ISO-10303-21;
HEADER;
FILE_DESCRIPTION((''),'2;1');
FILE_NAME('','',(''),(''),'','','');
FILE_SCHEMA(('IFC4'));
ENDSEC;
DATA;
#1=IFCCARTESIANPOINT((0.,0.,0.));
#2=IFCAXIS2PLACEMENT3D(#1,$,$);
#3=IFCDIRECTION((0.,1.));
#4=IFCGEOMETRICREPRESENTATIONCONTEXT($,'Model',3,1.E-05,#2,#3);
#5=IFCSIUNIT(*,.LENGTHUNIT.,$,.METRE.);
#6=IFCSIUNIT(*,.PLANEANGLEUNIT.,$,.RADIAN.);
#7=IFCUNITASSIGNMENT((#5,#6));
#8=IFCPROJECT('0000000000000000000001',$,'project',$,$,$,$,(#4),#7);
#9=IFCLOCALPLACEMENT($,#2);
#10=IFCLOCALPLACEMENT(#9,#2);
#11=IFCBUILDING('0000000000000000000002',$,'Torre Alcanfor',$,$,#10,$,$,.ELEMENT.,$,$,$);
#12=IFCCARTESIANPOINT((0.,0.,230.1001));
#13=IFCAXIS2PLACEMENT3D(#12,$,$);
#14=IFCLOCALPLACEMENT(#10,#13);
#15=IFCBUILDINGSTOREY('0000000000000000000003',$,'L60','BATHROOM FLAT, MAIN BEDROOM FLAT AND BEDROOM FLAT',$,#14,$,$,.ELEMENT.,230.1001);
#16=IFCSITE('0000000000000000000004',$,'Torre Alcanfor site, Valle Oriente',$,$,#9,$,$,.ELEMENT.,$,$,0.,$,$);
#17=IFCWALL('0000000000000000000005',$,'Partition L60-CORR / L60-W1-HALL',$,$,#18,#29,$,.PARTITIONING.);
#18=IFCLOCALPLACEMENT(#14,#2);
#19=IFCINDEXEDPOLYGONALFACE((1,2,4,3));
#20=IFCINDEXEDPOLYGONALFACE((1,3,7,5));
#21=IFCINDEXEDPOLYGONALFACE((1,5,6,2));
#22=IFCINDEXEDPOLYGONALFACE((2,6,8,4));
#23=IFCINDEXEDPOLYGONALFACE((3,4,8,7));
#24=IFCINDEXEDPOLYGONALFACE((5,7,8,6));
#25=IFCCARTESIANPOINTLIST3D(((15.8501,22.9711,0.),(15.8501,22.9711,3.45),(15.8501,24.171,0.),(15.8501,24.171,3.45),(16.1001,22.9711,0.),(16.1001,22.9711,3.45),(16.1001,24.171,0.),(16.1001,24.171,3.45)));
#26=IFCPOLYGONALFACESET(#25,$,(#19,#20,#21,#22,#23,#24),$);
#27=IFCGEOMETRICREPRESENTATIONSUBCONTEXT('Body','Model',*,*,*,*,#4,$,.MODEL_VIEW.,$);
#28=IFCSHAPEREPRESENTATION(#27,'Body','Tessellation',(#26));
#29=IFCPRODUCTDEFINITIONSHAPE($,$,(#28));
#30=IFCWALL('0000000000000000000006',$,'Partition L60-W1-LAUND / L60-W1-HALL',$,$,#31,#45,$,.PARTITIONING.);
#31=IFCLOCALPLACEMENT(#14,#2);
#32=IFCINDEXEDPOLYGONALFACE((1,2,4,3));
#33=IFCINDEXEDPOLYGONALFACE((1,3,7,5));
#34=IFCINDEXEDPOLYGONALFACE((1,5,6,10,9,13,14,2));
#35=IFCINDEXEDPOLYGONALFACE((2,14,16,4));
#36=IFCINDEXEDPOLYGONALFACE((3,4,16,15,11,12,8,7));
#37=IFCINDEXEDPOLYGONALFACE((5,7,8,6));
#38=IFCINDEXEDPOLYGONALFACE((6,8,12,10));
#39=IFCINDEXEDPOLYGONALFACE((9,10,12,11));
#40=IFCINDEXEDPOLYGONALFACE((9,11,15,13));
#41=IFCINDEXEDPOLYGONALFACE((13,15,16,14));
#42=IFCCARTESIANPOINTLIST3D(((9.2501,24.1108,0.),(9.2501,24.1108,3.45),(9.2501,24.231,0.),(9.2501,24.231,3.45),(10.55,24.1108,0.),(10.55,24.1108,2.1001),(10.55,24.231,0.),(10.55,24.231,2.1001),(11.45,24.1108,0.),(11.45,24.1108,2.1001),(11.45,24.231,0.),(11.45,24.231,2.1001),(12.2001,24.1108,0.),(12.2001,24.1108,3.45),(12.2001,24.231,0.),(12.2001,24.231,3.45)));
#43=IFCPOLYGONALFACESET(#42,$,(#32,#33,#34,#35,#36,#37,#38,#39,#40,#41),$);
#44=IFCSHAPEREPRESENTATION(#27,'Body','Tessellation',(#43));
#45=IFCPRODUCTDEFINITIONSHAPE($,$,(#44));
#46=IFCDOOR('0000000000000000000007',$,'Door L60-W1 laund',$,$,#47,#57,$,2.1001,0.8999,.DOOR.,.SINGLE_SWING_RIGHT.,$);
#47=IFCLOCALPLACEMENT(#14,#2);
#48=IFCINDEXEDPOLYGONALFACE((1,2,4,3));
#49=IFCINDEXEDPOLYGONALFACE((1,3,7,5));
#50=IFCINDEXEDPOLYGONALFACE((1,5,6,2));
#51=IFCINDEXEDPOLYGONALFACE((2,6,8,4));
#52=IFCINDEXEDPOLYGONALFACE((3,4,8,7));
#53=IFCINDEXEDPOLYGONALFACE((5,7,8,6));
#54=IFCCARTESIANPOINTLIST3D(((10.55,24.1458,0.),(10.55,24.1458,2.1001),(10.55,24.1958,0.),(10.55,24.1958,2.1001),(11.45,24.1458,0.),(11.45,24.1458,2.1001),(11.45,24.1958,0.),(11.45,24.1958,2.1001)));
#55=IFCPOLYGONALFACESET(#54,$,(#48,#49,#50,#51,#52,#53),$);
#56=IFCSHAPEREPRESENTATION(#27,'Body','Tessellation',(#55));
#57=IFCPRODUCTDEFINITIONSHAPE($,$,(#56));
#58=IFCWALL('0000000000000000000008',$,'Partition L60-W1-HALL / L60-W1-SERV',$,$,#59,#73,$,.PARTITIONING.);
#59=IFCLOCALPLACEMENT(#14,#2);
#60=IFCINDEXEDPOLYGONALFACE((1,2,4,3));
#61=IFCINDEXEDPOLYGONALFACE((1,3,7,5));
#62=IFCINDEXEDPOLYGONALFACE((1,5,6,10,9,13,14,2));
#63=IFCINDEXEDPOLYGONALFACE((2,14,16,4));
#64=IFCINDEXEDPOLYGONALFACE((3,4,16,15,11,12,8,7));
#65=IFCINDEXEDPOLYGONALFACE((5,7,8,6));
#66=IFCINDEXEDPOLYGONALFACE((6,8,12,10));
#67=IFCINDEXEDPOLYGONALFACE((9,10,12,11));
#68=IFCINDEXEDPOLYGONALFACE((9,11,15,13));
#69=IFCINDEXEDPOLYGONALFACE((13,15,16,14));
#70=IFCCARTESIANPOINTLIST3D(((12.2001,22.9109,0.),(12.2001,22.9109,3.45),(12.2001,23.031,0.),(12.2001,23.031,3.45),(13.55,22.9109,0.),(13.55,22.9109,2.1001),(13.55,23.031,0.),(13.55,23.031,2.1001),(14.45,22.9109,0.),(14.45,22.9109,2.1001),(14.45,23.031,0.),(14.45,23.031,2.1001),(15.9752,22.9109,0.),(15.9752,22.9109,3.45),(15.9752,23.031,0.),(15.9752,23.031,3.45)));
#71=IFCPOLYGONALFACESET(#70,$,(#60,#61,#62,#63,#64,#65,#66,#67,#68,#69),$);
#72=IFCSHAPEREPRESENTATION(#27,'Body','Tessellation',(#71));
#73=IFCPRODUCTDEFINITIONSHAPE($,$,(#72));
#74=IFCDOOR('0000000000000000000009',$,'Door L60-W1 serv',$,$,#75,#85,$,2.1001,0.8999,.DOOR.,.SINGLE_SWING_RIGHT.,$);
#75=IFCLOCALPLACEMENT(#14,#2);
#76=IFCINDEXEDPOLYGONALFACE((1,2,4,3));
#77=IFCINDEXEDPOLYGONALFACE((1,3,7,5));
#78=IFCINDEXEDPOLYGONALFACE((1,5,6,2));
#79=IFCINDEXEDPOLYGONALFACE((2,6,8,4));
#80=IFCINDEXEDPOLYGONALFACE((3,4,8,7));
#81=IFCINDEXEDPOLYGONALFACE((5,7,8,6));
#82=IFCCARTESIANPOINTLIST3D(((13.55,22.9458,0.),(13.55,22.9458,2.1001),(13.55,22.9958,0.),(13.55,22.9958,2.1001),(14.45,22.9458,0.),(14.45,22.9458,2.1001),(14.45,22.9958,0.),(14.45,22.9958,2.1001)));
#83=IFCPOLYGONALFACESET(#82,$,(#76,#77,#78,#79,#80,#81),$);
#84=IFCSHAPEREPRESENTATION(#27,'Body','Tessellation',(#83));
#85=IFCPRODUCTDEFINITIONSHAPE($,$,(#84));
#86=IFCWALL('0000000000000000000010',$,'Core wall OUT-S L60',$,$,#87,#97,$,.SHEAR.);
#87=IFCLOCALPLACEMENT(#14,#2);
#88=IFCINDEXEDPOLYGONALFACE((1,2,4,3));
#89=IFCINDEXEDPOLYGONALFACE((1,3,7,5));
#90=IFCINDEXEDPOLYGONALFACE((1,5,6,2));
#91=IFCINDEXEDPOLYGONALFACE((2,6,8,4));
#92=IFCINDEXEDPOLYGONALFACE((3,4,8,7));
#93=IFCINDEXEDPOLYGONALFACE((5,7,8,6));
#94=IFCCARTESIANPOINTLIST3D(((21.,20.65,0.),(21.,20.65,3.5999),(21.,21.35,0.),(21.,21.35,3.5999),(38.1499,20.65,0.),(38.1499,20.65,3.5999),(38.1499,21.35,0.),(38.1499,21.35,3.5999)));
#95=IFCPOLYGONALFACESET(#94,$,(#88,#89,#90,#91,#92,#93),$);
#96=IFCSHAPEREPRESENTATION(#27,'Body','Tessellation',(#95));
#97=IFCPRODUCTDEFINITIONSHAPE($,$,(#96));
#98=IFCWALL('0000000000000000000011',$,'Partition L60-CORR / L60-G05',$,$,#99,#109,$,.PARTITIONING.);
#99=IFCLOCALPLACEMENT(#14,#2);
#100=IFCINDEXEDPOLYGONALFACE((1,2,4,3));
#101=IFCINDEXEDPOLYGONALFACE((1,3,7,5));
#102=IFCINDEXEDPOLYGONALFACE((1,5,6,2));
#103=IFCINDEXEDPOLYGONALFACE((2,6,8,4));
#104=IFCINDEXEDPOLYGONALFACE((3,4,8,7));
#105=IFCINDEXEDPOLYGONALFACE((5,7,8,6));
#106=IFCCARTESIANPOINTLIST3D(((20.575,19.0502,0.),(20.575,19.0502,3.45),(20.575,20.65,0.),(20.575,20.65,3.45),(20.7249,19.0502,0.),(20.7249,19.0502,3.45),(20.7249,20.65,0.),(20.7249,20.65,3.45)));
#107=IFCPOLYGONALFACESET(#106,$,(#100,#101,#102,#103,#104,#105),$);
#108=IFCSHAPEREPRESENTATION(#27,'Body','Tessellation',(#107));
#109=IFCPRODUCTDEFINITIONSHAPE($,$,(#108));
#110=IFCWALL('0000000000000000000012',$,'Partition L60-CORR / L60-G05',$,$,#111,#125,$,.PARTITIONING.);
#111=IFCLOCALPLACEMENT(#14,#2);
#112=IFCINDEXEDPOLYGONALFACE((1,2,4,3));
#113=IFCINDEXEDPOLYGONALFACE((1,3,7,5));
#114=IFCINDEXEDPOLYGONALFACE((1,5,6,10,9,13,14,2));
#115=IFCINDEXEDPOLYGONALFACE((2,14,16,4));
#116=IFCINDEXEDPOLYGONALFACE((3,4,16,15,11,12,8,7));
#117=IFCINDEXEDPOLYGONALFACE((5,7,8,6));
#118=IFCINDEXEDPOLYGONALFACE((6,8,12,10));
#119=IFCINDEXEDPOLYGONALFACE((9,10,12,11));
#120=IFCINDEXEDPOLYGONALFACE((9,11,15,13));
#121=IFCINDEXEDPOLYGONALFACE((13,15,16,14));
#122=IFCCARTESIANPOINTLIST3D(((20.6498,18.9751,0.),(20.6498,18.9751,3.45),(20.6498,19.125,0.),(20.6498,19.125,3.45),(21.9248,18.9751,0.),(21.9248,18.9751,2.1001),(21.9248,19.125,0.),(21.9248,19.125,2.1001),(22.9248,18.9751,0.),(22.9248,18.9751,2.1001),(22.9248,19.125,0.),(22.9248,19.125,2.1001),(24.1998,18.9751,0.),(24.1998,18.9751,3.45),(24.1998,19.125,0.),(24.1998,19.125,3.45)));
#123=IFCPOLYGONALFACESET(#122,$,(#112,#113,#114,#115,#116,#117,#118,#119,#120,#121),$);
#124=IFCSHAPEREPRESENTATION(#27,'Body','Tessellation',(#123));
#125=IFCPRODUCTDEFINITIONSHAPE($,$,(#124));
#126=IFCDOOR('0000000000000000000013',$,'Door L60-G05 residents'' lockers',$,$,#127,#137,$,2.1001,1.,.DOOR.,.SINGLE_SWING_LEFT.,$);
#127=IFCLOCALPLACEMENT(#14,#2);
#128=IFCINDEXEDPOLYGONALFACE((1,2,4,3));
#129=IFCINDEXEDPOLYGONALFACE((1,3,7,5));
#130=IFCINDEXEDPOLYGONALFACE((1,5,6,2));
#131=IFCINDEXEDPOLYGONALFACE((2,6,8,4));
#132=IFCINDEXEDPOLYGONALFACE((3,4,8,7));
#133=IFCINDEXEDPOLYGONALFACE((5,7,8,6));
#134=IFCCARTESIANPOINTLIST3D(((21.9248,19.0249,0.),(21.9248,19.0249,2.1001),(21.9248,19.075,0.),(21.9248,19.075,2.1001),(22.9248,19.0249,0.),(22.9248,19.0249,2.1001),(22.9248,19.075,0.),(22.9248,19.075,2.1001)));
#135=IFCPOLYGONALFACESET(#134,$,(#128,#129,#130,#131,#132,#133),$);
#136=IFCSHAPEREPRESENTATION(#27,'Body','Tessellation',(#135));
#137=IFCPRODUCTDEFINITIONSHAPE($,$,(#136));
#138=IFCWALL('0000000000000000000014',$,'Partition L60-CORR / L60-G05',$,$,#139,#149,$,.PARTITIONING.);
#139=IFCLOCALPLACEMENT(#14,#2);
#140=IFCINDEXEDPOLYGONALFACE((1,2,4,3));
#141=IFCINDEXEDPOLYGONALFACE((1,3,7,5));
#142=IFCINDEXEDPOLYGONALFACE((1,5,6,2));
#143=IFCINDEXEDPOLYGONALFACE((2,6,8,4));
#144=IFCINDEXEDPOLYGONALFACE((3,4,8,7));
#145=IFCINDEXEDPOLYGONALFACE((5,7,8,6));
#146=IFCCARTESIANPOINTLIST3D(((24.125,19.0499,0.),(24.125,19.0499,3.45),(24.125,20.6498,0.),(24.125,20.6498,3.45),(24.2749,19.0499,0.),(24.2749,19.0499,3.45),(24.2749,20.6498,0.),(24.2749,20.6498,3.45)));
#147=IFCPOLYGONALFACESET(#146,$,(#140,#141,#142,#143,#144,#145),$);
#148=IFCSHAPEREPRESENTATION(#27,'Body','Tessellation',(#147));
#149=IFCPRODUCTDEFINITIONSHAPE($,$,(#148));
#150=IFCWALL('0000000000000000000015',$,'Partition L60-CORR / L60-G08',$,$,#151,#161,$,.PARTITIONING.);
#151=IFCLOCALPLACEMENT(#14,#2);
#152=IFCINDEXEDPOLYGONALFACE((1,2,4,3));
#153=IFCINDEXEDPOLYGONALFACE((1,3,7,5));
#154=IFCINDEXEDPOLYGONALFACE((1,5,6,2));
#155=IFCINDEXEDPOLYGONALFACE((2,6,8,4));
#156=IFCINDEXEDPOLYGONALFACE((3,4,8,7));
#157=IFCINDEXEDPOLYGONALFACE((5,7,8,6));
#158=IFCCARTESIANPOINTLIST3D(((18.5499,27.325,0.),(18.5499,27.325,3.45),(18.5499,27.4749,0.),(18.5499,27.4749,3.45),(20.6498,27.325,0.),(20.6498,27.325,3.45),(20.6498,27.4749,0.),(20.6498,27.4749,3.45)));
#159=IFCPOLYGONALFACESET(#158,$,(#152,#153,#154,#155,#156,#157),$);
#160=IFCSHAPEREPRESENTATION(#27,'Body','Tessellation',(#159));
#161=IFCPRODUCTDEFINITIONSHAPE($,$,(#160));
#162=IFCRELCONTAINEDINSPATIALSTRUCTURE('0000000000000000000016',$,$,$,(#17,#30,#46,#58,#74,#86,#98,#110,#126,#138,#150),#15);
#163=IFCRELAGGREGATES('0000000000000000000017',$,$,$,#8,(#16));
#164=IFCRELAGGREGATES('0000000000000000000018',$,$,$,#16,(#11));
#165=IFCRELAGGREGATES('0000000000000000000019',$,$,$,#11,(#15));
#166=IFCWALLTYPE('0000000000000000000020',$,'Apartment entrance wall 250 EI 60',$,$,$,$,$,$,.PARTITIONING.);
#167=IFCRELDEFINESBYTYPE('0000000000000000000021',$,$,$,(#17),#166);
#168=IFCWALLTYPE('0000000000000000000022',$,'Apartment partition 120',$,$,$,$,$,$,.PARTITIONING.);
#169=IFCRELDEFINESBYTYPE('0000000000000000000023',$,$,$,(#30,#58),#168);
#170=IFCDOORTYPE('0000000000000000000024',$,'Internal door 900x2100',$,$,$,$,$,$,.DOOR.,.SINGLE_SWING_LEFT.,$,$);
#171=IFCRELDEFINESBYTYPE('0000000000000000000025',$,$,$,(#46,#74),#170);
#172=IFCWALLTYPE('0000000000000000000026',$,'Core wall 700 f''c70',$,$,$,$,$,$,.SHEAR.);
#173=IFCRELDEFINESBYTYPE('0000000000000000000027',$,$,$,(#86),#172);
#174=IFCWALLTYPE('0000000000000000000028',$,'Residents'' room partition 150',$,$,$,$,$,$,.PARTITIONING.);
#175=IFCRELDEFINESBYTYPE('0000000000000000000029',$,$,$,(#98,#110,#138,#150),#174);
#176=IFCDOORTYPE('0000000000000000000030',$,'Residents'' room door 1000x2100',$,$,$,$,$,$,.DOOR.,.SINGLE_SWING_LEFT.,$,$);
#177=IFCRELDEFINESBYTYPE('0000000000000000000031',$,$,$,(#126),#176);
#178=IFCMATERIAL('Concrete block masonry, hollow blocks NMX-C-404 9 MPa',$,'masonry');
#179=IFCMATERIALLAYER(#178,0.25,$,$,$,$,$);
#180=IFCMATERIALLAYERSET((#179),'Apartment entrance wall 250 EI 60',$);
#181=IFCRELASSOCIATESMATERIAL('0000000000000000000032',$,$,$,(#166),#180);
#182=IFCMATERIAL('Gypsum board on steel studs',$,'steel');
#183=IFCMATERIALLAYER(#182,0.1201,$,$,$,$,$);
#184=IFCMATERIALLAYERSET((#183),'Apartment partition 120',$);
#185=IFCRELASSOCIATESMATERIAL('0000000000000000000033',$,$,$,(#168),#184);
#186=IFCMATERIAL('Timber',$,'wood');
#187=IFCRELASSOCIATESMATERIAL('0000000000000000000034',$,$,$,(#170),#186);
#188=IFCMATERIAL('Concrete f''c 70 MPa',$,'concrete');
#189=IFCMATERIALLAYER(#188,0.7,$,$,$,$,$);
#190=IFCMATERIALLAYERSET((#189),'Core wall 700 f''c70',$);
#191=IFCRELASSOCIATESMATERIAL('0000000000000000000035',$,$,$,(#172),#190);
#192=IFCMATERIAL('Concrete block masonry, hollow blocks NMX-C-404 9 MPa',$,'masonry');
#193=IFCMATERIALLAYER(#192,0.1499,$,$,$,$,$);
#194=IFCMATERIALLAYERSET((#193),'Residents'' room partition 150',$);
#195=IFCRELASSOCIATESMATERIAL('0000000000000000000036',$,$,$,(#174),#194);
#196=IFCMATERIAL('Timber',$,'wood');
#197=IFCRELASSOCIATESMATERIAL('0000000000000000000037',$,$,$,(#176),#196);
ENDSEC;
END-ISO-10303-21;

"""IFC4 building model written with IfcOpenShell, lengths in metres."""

from ifc_helpers import new_model, si_unit, direction, frame, frame_2d, origin, place, context, subcontext, project, spatial, rectangle, extrude, material, layer, layer_set, type_object, element, fill, save


model = new_model("IFC4")

# Units and contexts
model_context = context("Model", 3, precision=1e-05, world=origin(), true_north=direction((0.0, 1.0)))
body_context = subcontext(model_context, "Body", "Model", "MODEL_VIEW")
ifc_project = project(units=[si_unit("LENGTHUNIT", "METRE"), si_unit("PLANEANGLEUNIT", "RADIAN")], contexts=[model_context])

# Site, building, storey
site_placement = place(None, origin())
site = spatial("IfcSite", under=ifc_project, at=site_placement, Name="Torre Alcanfor site, Valle Oriente", CompositionType="ELEMENT", RefElevation=0.0)
building_placement = place(site_placement, origin())
building = spatial("IfcBuilding", under=site, at=building_placement, Name="Torre Alcanfor", CompositionType="ELEMENT")
storey_placement = place(building_placement, frame((0.0, 0.0, 230.1001)))
storey = spatial("IfcBuildingStorey", under=building, at=storey_placement, Name="L60", Description="BATHROOM FLAT, MAIN BEDROOM FLAT AND BEDROOM FLAT", CompositionType="ELEMENT", Elevation=230.1001)

# Shared definitions
ifc_material_1 = material(Name="Concrete block masonry, hollow blocks NMX-C-404 9 MPa", Category="masonry")
ifc_layer_1 = layer(ifc_material_1, 0.25)
ifc_layer_set_1 = layer_set([ifc_layer_1], Name="Apartment entrance wall 250 EI 60")
wall_type_1 = type_object("IfcWallType", Name="Apartment entrance wall 250 EI 60", PredefinedType="PARTITIONING", material=ifc_layer_set_1)

# Wall
wall_1_placement = place(storey_placement, frame((15.9751, 22.9709, 0.0), z_axis=(0.0, 0.0, 1.0), x_axis=(0.0, 1.0, 0.0)))
element("IfcWall", 1, at=wall_1_placement, inside=storey, type_object=wall_type_1, Name="Partition L60-CORR / L60-W1-HALL", PredefinedType="PARTITIONING", context=body_context, shape_type="SweptSolid", body=[
    extrude(rectangle(XDim=1.2, YDim=0.25, at=frame_2d((0.6001, 0.0))), origin(), (0.0, 0.0, 1.0), 3.45),
])

# Walls, openings, doors
ifc_material_2 = material(Name="Gypsum board on steel studs", Category="steel")
ifc_layer_2 = layer(ifc_material_2, 0.1201)
ifc_layer_set_2 = layer_set([ifc_layer_2], Name="Apartment partition 120")
wall_type_2 = type_object("IfcWallType", Name="Apartment partition 120", PredefinedType="PARTITIONING", material=ifc_layer_set_2)
wall_2_placement = place(storey_placement, frame((9.25, 24.1709, 0.0), z_axis=(0.0, 0.0, 1.0), x_axis=(1.0, 0.0, 0.0)))
wall_2 = element("IfcWall", 2, at=wall_2_placement, inside=storey, type_object=wall_type_2, Name="Partition L60-W1-LAUND / L60-W1-HALL", PredefinedType="PARTITIONING", context=body_context, shape_type="SweptSolid", body=[
    extrude(rectangle(XDim=2.95, YDim=0.1201, at=frame_2d((1.4751, 0.0))), origin(), (0.0, 0.0, 1.0), 3.45),
])
opening_1_placement = place(wall_2_placement, frame((1.3, 0.0, 0.0)))
opening_1 = element("IfcOpeningElement", 3, at=opening_1_placement, cuts=wall_2, PredefinedType="OPENING", context=body_context, shape_type="SweptSolid", body=[
    extrude(rectangle(XDim=0.8999, YDim=2.1001, at=frame_2d((0.45, 1.05))), frame((0.0, 0.0701, 0.0), z_axis=(0.0, -1.0, 0.0), x_axis=(1.0, 0.0, 0.0)), (0.0, 0.0, 1.0), 0.1401),
])
ifc_material_3 = material(Name="Timber", Category="wood")
door_type_1 = type_object("IfcDoorType", Name="Internal door 900x2100", OperationType="SINGLE_SWING_LEFT", PredefinedType="DOOR", material=ifc_material_3)
door_1_placement = place(opening_1_placement, origin())
door_1 = element("IfcDoor", 4, at=door_1_placement, inside=storey, type_object=door_type_1, Name="Door L60-W1 laund", OperationType="SINGLE_SWING_RIGHT", OverallHeight=2.1001, OverallWidth=0.8999, PredefinedType="DOOR", context=body_context, shape_type="SweptSolid", body=[
    extrude(rectangle(XDim=0.8999, YDim=2.1001, at=frame_2d((0.45, 1.05))), frame((0.0, 0.0249, 0.0), z_axis=(0.0, -1.0, 0.0), x_axis=(1.0, 0.0, 0.0)), (0.0, 0.0, 1.0), 0.05),
])
fill(opening_1, door_1)
wall_3_placement = place(storey_placement, frame((12.2, 22.9709, 0.0), z_axis=(0.0, 0.0, 1.0), x_axis=(1.0, 0.0, 0.0)))
wall_3 = element("IfcWall", 5, at=wall_3_placement, inside=storey, type_object=wall_type_2, Name="Partition L60-W1-HALL / L60-W1-SERV", PredefinedType="PARTITIONING", context=body_context, shape_type="SweptSolid", body=[
    extrude(rectangle(XDim=3.7751, YDim=0.1201, at=frame_2d((1.8877, 0.0))), origin(), (0.0, 0.0, 1.0), 3.45),
])
opening_2_placement = place(wall_3_placement, frame((1.3501, 0.0, 0.0)))
opening_2 = element("IfcOpeningElement", 6, at=opening_2_placement, cuts=wall_3, PredefinedType="OPENING", context=body_context, shape_type="SweptSolid", body=[
    extrude(rectangle(XDim=0.8999, YDim=2.1001, at=frame_2d((0.45, 1.05))), frame((0.0, 0.0701, 0.0), z_axis=(0.0, -1.0, 0.0), x_axis=(1.0, 0.0, 0.0)), (0.0, 0.0, 1.0), 0.1401),
])
door_2_placement = place(opening_2_placement, frame((0.8999, 0.0, 0.0), z_axis=(0.0, 0.0, 1.0), x_axis=(-1.0, 0.0, 0.0)))
door_2 = element("IfcDoor", 7, at=door_2_placement, inside=storey, type_object=door_type_1, Name="Door L60-W1 serv", OperationType="SINGLE_SWING_RIGHT", OverallHeight=2.1001, OverallWidth=0.8999, PredefinedType="DOOR", context=body_context, shape_type="SweptSolid", body=[
    extrude(rectangle(XDim=0.8999, YDim=2.1001, at=frame_2d((0.45, 1.05))), frame((0.0, 0.0251, 0.0), z_axis=(0.0, -1.0, 0.0), x_axis=(1.0, 0.0, 0.0)), (0.0, 0.0, 1.0), 0.05),
])
fill(opening_2, door_2)

# Walls
ifc_material_4 = material(Name="Concrete f'c 70 MPa", Category="concrete")
ifc_layer_3 = layer(ifc_material_4, 0.7)
ifc_layer_set_3 = layer_set([ifc_layer_3], Name="Core wall 700 f'c70")
wall_type_3 = type_object("IfcWallType", Name="Core wall 700 f'c70", PredefinedType="SHEAR", material=ifc_layer_set_3)
wall_4_placement = place(storey_placement, frame((21.0, 21.0, 0.0), z_axis=(0.0, 0.0, 1.0), x_axis=(1.0, 0.0, 0.0)))
element("IfcWall", 8, at=wall_4_placement, inside=storey, type_object=wall_type_3, Name="Core wall OUT-S L60", PredefinedType="SHEAR", context=body_context, shape_type="SweptSolid", body=[
    extrude(rectangle(XDim=17.1499, YDim=0.7, at=frame_2d((8.575, 0.0))), origin(), (0.0, 0.0, 1.0), 3.5999),
])
ifc_material_5 = material(Name="Concrete block masonry, hollow blocks NMX-C-404 9 MPa", Category="masonry")
ifc_layer_4 = layer(ifc_material_5, 0.1499)
ifc_layer_set_4 = layer_set([ifc_layer_4], Name="Residents' room partition 150")
wall_type_4 = type_object("IfcWallType", Name="Residents' room partition 150", PredefinedType="PARTITIONING", material=ifc_layer_set_4)
wall_5_placement = place(storey_placement, frame((20.6499, 20.6499, 0.0), z_axis=(0.0, 0.0, 1.0), x_axis=(0.0, -1.0, 0.0)))
element("IfcWall", 9, at=wall_5_placement, inside=storey, type_object=wall_type_4, Name="Partition L60-CORR / L60-G05", PredefinedType="PARTITIONING", context=body_context, shape_type="SweptSolid", body=[
    extrude(rectangle(XDim=1.5999, YDim=0.1499, at=frame_2d((0.7998, 0.0))), origin(), (0.0, 0.0, 1.0), 3.45),
])

# Wall, opening, door
wall_6_placement = place(storey_placement, frame((20.6499, 19.05, 0.0), z_axis=(0.0, 0.0, 1.0), x_axis=(1.0, 0.0, 0.0)))
wall_6 = element("IfcWall", 10, at=wall_6_placement, inside=storey, type_object=wall_type_4, Name="Partition L60-CORR / L60-G05", PredefinedType="PARTITIONING", context=body_context, shape_type="SweptSolid", body=[
    extrude(rectangle(XDim=3.55, YDim=0.1499, at=frame_2d((1.7749, 0.0))), origin(), (0.0, 0.0, 1.0), 3.45),
])
opening_3_placement = place(wall_6_placement, frame((1.2749, 0.0, 0.0)))
opening_3 = element("IfcOpeningElement", 11, at=opening_3_placement, cuts=wall_6, PredefinedType="OPENING", context=body_context, shape_type="SweptSolid", body=[
    extrude(rectangle(XDim=1.0, YDim=2.1001, at=frame_2d((0.5, 1.05))), frame((0.0, 0.085, 0.0), z_axis=(0.0, -1.0, 0.0), x_axis=(1.0, 0.0, 0.0)), (0.0, 0.0, 1.0), 0.1699),
])
ifc_material_6 = material(Name="Timber", Category="wood")
door_type_2 = type_object("IfcDoorType", Name="Residents' room door 1000x2100", OperationType="SINGLE_SWING_LEFT", PredefinedType="DOOR", material=ifc_material_6)
door_3_placement = place(opening_3_placement, origin())
door_3 = element("IfcDoor", 12, at=door_3_placement, inside=storey, type_object=door_type_2, Name="Door L60-G05 residents' lockers", OperationType="SINGLE_SWING_LEFT", OverallHeight=2.1001, OverallWidth=1.0, PredefinedType="DOOR", context=body_context, shape_type="SweptSolid", body=[
    extrude(rectangle(XDim=1.0, YDim=2.1001, at=frame_2d((0.5, 1.05))), frame((0.0, 0.0249, 0.0), z_axis=(0.0, -1.0, 0.0), x_axis=(1.0, 0.0, 0.0)), (0.0, 0.0, 1.0), 0.05),
])
fill(opening_3, door_3)

# Walls
wall_7_placement = place(storey_placement, frame((24.2, 19.05, 0.0), z_axis=(0.0, 0.0, 1.0), x_axis=(0.0, 1.0, 0.0)))
element("IfcWall", 13, at=wall_7_placement, inside=storey, type_object=wall_type_4, Name="Partition L60-CORR / L60-G05", PredefinedType="PARTITIONING", context=body_context, shape_type="SweptSolid", body=[
    extrude(rectangle(XDim=1.5999, YDim=0.1499, at=frame_2d((0.7998, 0.0))), origin(), (0.0, 0.0, 1.0), 3.45),
])
wall_8_placement = place(storey_placement, frame((18.55, 27.3999, 0.0), z_axis=(0.0, 0.0, 1.0), x_axis=(1.0, 0.0, 0.0)))
element("IfcWall", 14, at=wall_8_placement, inside=storey, type_object=wall_type_4, Name="Partition L60-CORR / L60-G08", PredefinedType="PARTITIONING", context=body_context, shape_type="SweptSolid", body=[
    extrude(rectangle(XDim=2.0999, YDim=0.1499, at=frame_2d((1.0498, 0.0))), origin(), (0.0, 0.0, 1.0), 3.45),
])

save(model, "model.ifc")
